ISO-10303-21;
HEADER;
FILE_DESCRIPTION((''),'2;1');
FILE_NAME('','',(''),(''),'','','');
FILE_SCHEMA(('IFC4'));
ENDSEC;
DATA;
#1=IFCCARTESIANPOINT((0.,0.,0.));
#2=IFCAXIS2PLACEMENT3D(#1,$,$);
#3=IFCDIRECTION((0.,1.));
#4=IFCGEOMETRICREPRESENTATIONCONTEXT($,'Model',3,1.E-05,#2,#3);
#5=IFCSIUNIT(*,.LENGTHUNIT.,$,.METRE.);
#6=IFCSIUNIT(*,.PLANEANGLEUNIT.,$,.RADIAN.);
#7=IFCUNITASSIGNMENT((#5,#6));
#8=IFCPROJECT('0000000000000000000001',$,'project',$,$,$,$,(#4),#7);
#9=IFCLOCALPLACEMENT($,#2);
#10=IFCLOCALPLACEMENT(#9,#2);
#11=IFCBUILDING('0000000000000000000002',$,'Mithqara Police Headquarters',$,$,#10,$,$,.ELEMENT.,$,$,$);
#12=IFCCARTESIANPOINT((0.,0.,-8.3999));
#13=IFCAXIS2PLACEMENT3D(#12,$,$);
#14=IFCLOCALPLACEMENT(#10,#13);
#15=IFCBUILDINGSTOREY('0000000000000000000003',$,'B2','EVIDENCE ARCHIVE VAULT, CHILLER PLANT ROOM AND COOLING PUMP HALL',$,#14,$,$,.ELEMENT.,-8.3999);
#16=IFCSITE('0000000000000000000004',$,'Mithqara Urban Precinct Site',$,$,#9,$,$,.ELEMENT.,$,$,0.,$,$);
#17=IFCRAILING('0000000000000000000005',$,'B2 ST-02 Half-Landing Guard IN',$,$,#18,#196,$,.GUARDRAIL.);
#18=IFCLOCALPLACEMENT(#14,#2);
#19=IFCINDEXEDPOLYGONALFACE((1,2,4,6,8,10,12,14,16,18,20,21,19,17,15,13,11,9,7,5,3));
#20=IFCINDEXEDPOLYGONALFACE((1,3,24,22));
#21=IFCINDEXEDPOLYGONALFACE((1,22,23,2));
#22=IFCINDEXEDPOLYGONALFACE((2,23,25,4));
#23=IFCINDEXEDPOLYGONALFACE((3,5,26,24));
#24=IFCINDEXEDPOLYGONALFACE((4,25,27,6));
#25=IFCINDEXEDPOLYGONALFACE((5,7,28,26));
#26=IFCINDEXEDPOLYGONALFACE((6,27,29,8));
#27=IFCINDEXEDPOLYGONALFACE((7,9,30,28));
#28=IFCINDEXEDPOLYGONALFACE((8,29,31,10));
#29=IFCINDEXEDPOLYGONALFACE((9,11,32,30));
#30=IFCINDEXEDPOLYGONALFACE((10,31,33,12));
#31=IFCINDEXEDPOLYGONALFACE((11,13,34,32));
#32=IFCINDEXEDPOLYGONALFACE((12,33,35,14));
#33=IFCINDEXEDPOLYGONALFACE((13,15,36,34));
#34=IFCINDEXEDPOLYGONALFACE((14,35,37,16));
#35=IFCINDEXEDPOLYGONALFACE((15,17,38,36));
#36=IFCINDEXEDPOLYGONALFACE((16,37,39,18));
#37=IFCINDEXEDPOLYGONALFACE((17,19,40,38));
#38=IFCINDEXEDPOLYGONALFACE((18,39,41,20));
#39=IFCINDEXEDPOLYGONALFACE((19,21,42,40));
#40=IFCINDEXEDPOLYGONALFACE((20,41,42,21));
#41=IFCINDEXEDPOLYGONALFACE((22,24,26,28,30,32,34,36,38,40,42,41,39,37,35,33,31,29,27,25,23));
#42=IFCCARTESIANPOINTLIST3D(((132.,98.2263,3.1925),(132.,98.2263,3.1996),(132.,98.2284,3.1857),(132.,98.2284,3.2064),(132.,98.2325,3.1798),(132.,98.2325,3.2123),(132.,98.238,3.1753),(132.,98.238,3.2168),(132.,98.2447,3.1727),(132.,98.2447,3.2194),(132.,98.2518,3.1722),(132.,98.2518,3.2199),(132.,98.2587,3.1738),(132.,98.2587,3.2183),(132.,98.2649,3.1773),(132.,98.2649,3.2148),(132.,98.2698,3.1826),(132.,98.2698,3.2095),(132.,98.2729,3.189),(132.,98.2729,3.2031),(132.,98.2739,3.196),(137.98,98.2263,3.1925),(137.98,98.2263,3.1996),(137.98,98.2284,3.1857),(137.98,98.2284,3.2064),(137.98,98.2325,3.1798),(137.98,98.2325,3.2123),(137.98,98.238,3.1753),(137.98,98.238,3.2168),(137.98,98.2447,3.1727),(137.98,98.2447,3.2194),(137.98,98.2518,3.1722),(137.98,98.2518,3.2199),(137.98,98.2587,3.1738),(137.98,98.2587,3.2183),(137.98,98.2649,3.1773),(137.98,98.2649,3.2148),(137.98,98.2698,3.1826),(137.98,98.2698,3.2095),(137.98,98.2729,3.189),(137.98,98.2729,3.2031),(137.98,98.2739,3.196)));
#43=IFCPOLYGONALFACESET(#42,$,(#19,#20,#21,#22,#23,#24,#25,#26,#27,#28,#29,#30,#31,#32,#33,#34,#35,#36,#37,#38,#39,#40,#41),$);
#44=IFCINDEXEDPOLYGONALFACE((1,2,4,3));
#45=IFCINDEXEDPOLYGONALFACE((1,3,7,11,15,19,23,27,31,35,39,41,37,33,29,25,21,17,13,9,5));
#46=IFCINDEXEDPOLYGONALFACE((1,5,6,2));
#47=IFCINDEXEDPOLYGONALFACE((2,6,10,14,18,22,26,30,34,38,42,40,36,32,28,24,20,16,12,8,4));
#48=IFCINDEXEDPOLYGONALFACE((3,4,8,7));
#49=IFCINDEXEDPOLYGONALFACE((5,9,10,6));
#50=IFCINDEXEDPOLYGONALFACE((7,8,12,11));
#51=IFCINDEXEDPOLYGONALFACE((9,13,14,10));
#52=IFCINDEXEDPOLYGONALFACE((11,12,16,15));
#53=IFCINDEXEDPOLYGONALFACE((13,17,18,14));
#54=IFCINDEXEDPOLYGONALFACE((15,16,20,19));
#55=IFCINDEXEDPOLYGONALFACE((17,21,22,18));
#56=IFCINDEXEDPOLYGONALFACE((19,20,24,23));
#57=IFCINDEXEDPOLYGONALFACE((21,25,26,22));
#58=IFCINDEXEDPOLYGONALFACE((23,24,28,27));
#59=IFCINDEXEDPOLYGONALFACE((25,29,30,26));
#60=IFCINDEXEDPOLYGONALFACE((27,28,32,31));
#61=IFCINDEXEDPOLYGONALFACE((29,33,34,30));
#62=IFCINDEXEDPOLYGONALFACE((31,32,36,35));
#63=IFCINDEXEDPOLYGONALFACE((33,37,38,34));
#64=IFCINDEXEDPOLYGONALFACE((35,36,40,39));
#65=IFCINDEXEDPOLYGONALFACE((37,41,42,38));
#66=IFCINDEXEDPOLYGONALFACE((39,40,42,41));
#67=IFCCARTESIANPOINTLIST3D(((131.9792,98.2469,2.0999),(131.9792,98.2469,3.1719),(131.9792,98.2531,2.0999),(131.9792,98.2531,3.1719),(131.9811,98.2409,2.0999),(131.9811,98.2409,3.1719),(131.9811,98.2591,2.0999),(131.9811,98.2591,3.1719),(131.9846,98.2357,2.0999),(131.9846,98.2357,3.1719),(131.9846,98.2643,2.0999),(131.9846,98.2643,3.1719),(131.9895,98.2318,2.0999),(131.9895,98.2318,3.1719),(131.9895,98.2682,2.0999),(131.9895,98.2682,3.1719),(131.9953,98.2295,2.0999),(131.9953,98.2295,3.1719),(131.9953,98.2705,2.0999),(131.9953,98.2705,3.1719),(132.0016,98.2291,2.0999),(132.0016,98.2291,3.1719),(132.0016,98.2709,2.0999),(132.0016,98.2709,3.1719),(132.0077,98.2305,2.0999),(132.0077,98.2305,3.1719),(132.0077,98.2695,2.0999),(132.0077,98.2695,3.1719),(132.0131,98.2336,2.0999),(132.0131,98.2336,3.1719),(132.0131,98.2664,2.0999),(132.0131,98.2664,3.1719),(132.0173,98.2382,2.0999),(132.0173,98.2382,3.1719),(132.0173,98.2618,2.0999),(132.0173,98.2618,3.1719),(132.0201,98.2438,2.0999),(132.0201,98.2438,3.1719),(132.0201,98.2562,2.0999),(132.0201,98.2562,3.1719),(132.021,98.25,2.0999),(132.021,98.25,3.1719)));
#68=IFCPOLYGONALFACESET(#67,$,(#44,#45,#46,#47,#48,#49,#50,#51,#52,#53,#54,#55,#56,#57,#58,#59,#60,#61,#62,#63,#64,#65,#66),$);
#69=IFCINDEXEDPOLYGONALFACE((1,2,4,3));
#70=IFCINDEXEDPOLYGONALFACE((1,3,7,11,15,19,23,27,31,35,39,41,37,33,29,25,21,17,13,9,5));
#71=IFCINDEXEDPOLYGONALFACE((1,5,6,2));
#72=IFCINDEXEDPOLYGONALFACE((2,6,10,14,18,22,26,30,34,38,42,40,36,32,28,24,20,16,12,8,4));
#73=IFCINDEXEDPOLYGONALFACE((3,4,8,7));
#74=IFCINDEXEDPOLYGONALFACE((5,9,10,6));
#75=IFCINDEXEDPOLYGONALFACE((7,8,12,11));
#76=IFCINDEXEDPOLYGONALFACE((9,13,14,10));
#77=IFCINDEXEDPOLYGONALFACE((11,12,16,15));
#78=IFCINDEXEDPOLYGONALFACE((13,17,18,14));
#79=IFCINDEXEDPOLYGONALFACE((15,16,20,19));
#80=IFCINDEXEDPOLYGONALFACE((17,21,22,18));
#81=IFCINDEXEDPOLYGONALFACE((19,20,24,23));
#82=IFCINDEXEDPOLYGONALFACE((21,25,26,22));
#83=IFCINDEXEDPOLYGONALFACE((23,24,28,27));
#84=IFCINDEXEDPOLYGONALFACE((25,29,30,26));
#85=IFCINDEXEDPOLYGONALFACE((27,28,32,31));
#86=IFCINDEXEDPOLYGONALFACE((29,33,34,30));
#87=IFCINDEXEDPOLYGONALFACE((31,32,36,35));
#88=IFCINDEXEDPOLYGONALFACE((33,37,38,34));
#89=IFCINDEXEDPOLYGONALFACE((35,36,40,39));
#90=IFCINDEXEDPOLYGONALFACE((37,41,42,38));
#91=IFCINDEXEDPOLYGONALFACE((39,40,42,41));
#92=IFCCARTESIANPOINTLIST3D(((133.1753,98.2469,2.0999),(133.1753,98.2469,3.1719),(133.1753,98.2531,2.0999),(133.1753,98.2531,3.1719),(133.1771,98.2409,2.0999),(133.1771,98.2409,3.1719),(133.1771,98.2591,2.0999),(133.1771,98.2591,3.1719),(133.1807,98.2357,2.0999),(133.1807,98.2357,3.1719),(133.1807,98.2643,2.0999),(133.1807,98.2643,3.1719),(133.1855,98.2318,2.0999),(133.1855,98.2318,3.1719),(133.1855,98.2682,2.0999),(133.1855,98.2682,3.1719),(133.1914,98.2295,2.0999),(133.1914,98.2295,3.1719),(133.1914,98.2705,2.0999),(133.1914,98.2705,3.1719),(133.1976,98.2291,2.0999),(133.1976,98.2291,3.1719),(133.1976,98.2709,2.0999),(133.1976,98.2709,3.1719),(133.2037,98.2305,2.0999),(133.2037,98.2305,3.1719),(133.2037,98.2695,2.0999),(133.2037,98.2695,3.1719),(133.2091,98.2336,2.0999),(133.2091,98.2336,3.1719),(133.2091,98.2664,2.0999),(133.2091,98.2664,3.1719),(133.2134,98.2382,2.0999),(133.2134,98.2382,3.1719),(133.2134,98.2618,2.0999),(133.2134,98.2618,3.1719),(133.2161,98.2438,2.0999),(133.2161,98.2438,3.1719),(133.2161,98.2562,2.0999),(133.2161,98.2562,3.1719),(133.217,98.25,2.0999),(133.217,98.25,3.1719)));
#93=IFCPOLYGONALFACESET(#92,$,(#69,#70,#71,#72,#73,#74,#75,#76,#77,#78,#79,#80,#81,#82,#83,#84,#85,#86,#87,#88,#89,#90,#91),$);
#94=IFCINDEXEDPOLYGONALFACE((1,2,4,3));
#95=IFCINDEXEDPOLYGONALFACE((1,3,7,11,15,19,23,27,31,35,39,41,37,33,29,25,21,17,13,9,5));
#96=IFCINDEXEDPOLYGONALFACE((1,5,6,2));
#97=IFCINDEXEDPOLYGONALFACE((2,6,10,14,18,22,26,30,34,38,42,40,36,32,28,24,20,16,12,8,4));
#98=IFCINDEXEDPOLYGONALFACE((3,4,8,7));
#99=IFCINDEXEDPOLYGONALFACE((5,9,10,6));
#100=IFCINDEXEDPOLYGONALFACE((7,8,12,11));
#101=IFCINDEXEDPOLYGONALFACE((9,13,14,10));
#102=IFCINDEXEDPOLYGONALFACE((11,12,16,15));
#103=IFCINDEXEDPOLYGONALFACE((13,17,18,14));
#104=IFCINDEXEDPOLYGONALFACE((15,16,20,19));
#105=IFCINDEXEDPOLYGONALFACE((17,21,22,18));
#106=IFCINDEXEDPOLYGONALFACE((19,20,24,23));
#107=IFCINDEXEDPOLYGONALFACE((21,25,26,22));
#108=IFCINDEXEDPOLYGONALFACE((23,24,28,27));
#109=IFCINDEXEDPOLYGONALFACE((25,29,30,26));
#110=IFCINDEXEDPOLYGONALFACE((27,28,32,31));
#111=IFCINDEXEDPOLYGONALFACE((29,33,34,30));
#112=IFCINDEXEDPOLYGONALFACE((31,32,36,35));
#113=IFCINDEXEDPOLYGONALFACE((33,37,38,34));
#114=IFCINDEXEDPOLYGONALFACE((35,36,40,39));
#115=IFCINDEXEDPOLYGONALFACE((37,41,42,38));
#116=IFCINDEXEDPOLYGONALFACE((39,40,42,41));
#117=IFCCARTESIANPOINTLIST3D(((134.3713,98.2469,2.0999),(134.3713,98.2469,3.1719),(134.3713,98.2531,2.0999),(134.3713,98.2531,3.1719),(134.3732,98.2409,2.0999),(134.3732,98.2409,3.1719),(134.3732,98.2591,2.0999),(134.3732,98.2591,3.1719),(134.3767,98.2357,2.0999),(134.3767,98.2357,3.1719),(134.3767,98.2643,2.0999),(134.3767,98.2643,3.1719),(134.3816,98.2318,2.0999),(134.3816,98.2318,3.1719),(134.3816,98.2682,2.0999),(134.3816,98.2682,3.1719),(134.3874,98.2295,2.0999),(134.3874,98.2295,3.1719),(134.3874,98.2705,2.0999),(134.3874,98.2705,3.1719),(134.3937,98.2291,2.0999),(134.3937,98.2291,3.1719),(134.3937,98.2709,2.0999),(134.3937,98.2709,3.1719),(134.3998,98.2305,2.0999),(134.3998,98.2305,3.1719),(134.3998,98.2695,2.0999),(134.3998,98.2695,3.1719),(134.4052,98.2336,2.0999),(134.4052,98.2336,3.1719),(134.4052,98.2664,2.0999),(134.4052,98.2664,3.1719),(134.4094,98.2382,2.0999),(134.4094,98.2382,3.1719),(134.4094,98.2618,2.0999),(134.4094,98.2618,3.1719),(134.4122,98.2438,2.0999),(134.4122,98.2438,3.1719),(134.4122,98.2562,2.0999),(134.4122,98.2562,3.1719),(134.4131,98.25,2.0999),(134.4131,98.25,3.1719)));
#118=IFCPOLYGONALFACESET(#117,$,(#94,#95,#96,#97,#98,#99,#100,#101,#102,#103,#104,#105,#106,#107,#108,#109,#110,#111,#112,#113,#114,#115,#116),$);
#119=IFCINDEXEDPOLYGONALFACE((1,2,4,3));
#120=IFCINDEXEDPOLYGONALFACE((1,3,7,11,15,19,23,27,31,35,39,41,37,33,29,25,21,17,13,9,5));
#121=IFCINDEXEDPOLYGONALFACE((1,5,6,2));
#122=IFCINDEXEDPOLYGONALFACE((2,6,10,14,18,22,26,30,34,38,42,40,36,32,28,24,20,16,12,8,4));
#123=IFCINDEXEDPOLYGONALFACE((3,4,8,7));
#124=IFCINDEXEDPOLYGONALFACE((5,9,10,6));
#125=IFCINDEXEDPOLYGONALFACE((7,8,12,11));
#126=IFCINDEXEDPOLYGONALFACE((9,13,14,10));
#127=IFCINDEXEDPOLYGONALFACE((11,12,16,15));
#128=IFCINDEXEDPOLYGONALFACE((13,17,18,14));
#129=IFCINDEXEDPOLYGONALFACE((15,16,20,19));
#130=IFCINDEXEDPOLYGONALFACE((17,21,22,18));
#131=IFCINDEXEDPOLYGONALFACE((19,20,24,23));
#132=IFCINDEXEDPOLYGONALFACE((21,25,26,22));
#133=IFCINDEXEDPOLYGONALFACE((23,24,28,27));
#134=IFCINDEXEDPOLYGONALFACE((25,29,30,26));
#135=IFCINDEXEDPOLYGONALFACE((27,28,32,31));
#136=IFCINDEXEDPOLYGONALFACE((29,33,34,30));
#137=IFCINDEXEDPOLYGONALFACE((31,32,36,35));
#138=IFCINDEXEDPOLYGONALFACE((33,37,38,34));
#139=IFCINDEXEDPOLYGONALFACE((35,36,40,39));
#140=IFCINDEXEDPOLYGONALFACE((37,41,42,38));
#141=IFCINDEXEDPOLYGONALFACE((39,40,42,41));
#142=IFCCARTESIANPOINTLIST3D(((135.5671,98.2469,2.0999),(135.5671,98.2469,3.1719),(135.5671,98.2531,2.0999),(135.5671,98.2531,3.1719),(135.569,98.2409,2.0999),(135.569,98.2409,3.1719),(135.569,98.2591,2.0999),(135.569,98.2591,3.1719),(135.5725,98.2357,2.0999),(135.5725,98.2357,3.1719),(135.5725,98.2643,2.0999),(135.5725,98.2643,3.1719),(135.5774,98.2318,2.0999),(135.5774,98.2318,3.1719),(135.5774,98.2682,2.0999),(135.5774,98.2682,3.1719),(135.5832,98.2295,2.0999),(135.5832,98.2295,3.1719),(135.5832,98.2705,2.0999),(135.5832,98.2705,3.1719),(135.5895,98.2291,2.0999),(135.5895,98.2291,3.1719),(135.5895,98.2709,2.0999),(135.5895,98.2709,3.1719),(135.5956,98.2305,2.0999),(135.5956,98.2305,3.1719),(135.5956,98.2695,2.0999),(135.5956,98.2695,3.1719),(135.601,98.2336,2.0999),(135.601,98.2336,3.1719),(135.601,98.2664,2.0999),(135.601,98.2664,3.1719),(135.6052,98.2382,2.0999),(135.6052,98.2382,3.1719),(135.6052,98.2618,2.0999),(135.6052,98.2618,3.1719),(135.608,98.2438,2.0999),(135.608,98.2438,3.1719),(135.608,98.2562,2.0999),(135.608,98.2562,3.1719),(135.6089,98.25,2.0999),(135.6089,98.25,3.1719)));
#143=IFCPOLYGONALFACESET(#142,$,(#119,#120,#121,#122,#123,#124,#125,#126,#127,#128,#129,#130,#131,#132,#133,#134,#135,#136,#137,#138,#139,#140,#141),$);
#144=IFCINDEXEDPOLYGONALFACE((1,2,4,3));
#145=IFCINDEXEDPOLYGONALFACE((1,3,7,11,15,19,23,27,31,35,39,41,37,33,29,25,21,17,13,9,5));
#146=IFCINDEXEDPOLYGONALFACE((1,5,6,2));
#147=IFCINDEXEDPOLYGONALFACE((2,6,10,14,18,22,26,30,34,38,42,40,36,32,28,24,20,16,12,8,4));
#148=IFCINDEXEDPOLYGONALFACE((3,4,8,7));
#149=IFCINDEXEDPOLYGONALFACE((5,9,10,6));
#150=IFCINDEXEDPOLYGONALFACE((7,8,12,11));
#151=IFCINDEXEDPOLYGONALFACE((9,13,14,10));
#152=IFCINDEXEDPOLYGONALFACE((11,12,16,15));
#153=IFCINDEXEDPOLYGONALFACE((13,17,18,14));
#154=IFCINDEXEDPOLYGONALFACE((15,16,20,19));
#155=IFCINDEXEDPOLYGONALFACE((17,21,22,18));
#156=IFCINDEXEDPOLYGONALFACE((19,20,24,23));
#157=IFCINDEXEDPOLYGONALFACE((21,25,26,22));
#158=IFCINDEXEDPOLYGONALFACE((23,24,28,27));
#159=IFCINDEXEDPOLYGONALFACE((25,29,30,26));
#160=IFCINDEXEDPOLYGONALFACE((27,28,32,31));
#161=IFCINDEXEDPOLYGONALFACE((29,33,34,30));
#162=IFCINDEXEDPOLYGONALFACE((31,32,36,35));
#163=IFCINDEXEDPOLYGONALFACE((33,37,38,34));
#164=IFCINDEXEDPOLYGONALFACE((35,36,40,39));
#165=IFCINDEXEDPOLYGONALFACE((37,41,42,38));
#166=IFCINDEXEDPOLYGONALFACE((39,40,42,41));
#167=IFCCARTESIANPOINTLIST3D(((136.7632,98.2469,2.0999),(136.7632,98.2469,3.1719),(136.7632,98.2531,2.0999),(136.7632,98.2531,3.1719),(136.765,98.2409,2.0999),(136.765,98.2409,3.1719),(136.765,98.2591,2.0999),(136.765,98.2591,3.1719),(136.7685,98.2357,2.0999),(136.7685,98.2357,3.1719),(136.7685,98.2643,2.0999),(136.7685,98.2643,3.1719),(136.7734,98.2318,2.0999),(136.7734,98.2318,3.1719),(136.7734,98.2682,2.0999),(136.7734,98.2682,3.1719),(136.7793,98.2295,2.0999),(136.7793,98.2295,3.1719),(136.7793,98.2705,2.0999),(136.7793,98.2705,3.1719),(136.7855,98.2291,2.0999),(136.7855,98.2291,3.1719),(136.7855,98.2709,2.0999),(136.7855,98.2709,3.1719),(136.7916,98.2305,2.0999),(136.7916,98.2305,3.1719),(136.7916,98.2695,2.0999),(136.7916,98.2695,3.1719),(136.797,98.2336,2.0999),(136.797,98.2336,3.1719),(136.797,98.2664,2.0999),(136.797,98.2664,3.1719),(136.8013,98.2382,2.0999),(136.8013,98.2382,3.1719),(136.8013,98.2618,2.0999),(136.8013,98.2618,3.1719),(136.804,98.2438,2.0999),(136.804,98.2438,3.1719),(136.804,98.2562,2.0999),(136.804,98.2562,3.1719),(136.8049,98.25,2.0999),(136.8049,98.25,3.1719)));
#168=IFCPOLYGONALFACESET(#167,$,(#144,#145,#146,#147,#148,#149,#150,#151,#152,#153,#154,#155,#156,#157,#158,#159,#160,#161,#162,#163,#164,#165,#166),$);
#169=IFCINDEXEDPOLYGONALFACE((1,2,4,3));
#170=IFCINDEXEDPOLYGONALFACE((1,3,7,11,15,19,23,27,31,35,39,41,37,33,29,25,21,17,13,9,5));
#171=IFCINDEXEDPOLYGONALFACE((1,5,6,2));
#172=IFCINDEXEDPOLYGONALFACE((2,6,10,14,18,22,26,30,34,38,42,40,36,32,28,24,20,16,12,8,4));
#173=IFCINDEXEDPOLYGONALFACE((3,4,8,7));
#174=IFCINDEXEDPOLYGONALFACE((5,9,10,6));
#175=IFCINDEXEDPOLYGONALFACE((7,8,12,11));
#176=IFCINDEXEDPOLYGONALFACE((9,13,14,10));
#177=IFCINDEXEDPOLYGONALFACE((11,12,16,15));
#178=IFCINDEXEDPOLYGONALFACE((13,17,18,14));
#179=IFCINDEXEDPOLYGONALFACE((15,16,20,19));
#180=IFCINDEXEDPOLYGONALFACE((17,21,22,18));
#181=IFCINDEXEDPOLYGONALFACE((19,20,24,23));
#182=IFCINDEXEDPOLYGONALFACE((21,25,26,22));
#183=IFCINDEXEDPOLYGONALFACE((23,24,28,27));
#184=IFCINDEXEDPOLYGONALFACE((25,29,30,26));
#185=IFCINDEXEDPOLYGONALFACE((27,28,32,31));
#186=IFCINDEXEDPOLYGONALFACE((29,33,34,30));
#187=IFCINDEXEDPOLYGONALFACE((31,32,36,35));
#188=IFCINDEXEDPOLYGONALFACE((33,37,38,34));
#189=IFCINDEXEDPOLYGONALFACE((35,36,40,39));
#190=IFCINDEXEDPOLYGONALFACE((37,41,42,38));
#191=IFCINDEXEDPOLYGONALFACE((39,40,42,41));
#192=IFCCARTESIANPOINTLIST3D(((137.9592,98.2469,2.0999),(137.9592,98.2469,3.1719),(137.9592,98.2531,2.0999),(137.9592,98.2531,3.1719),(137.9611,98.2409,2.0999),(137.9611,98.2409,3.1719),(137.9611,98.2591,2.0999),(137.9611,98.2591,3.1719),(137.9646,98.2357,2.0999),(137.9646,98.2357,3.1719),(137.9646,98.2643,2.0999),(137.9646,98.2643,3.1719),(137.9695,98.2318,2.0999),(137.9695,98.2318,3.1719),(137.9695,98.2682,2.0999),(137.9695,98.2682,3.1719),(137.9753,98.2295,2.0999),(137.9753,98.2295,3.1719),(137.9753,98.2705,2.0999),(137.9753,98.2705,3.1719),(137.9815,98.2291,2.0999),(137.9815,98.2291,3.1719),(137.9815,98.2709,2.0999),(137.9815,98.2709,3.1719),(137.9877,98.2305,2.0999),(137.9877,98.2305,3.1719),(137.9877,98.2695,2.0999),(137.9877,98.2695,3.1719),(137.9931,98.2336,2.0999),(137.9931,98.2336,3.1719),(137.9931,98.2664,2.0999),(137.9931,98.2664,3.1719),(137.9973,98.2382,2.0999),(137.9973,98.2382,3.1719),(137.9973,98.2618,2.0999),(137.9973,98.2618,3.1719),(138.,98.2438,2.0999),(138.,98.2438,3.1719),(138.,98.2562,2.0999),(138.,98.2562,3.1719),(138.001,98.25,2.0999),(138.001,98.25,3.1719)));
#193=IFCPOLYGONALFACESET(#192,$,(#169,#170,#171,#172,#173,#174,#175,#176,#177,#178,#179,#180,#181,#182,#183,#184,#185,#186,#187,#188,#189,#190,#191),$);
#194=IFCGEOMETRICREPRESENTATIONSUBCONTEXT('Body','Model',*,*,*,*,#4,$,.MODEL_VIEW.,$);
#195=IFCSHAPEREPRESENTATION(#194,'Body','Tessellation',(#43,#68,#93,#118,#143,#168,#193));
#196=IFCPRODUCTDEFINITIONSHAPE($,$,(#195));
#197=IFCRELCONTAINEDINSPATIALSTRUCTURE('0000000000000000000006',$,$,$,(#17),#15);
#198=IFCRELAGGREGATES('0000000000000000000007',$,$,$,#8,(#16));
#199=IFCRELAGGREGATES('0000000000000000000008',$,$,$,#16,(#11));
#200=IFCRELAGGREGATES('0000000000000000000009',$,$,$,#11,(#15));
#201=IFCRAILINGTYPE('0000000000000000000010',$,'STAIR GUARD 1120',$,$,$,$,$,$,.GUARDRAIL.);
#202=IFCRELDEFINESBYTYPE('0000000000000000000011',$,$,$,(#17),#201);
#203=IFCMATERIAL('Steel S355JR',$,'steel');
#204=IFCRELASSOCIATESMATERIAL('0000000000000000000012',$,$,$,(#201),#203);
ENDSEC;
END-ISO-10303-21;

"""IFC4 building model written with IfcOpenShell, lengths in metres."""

from ifc_helpers import new_model, si_unit, direction, frame, origin, origin_2d, place, context, subcontext, project, spatial, circle, extrude, material, type_object, element, save


model = new_model("IFC4")

# Units and contexts
model_context = context("Model", 3, precision=1e-05, world=origin(), true_north=direction((0.0, 1.0)))
body_context = subcontext(model_context, "Body", "Model", "MODEL_VIEW")
ifc_project = project(units=[si_unit("LENGTHUNIT", "METRE"), si_unit("PLANEANGLEUNIT", "RADIAN")], contexts=[model_context])

# Site, building, storey
site_placement = place(None, origin())
site = spatial("IfcSite", under=ifc_project, at=site_placement, Name="Mithqara Urban Precinct Site", CompositionType="ELEMENT", RefElevation=0.0)
building_placement = place(site_placement, origin())
building = spatial("IfcBuilding", under=site, at=building_placement, Name="Mithqara Police Headquarters", CompositionType="ELEMENT")
storey_placement = place(building_placement, frame((0.0, 0.0, -8.3999)))
storey = spatial("IfcBuildingStorey", under=building, at=storey_placement, Name="B2", Description="EVIDENCE ARCHIVE VAULT, CHILLER PLANT ROOM AND COOLING PUMP HALL", CompositionType="ELEMENT", Elevation=-8.3999)

# Shared definitions
ifc_material_1 = material(Name="Steel S355JR", Category="steel")

# Railing
railing_type_1 = type_object("IfcRailingType", Name="STAIR GUARD 1120", PredefinedType="GUARDRAIL", material=ifc_material_1)
railing_1_placement = place(storey_placement, frame((132.0, 98.25, 2.0999)))
element("IfcRailing", 1, at=railing_1_placement, inside=storey, type_object=railing_type_1, Name="B2 ST-02 Half-Landing Guard IN", PredefinedType="GUARDRAIL", context=body_context, shape_type="SweptSolid", body=[
    extrude(circle(Radius=0.0239, at=origin_2d()), frame((0.0, 0.0, 1.0962), z_axis=(1.0, 0.0, 0.0), x_axis=(0.0, 1.0, 0.0)), (0.0, 0.0, 1.0), 5.98),
    extrude(circle(Radius=0.021, at=origin_2d()), origin(), (0.0, 0.0, 1.0), 1.072),
    extrude(circle(Radius=0.021, at=origin_2d()), frame((1.196, 0.0, 0.0)), (0.0, 0.0, 1.0), 1.072),
    extrude(circle(Radius=0.021, at=origin_2d()), frame((2.3921, 0.0, 0.0)), (0.0, 0.0, 1.0), 1.072),
    extrude(circle(Radius=0.021, at=origin_2d()), frame((3.5879, 0.0, 0.0)), (0.0, 0.0, 1.0), 1.072),
    extrude(circle(Radius=0.021, at=origin_2d()), frame((4.7839, 0.0, 0.0)), (0.0, 0.0, 1.0), 1.072),
    extrude(circle(Radius=0.021, at=origin_2d()), frame((5.98, 0.0, 0.0)), (0.0, 0.0, 1.0), 1.072),
])

save(model, "model.ifc")
